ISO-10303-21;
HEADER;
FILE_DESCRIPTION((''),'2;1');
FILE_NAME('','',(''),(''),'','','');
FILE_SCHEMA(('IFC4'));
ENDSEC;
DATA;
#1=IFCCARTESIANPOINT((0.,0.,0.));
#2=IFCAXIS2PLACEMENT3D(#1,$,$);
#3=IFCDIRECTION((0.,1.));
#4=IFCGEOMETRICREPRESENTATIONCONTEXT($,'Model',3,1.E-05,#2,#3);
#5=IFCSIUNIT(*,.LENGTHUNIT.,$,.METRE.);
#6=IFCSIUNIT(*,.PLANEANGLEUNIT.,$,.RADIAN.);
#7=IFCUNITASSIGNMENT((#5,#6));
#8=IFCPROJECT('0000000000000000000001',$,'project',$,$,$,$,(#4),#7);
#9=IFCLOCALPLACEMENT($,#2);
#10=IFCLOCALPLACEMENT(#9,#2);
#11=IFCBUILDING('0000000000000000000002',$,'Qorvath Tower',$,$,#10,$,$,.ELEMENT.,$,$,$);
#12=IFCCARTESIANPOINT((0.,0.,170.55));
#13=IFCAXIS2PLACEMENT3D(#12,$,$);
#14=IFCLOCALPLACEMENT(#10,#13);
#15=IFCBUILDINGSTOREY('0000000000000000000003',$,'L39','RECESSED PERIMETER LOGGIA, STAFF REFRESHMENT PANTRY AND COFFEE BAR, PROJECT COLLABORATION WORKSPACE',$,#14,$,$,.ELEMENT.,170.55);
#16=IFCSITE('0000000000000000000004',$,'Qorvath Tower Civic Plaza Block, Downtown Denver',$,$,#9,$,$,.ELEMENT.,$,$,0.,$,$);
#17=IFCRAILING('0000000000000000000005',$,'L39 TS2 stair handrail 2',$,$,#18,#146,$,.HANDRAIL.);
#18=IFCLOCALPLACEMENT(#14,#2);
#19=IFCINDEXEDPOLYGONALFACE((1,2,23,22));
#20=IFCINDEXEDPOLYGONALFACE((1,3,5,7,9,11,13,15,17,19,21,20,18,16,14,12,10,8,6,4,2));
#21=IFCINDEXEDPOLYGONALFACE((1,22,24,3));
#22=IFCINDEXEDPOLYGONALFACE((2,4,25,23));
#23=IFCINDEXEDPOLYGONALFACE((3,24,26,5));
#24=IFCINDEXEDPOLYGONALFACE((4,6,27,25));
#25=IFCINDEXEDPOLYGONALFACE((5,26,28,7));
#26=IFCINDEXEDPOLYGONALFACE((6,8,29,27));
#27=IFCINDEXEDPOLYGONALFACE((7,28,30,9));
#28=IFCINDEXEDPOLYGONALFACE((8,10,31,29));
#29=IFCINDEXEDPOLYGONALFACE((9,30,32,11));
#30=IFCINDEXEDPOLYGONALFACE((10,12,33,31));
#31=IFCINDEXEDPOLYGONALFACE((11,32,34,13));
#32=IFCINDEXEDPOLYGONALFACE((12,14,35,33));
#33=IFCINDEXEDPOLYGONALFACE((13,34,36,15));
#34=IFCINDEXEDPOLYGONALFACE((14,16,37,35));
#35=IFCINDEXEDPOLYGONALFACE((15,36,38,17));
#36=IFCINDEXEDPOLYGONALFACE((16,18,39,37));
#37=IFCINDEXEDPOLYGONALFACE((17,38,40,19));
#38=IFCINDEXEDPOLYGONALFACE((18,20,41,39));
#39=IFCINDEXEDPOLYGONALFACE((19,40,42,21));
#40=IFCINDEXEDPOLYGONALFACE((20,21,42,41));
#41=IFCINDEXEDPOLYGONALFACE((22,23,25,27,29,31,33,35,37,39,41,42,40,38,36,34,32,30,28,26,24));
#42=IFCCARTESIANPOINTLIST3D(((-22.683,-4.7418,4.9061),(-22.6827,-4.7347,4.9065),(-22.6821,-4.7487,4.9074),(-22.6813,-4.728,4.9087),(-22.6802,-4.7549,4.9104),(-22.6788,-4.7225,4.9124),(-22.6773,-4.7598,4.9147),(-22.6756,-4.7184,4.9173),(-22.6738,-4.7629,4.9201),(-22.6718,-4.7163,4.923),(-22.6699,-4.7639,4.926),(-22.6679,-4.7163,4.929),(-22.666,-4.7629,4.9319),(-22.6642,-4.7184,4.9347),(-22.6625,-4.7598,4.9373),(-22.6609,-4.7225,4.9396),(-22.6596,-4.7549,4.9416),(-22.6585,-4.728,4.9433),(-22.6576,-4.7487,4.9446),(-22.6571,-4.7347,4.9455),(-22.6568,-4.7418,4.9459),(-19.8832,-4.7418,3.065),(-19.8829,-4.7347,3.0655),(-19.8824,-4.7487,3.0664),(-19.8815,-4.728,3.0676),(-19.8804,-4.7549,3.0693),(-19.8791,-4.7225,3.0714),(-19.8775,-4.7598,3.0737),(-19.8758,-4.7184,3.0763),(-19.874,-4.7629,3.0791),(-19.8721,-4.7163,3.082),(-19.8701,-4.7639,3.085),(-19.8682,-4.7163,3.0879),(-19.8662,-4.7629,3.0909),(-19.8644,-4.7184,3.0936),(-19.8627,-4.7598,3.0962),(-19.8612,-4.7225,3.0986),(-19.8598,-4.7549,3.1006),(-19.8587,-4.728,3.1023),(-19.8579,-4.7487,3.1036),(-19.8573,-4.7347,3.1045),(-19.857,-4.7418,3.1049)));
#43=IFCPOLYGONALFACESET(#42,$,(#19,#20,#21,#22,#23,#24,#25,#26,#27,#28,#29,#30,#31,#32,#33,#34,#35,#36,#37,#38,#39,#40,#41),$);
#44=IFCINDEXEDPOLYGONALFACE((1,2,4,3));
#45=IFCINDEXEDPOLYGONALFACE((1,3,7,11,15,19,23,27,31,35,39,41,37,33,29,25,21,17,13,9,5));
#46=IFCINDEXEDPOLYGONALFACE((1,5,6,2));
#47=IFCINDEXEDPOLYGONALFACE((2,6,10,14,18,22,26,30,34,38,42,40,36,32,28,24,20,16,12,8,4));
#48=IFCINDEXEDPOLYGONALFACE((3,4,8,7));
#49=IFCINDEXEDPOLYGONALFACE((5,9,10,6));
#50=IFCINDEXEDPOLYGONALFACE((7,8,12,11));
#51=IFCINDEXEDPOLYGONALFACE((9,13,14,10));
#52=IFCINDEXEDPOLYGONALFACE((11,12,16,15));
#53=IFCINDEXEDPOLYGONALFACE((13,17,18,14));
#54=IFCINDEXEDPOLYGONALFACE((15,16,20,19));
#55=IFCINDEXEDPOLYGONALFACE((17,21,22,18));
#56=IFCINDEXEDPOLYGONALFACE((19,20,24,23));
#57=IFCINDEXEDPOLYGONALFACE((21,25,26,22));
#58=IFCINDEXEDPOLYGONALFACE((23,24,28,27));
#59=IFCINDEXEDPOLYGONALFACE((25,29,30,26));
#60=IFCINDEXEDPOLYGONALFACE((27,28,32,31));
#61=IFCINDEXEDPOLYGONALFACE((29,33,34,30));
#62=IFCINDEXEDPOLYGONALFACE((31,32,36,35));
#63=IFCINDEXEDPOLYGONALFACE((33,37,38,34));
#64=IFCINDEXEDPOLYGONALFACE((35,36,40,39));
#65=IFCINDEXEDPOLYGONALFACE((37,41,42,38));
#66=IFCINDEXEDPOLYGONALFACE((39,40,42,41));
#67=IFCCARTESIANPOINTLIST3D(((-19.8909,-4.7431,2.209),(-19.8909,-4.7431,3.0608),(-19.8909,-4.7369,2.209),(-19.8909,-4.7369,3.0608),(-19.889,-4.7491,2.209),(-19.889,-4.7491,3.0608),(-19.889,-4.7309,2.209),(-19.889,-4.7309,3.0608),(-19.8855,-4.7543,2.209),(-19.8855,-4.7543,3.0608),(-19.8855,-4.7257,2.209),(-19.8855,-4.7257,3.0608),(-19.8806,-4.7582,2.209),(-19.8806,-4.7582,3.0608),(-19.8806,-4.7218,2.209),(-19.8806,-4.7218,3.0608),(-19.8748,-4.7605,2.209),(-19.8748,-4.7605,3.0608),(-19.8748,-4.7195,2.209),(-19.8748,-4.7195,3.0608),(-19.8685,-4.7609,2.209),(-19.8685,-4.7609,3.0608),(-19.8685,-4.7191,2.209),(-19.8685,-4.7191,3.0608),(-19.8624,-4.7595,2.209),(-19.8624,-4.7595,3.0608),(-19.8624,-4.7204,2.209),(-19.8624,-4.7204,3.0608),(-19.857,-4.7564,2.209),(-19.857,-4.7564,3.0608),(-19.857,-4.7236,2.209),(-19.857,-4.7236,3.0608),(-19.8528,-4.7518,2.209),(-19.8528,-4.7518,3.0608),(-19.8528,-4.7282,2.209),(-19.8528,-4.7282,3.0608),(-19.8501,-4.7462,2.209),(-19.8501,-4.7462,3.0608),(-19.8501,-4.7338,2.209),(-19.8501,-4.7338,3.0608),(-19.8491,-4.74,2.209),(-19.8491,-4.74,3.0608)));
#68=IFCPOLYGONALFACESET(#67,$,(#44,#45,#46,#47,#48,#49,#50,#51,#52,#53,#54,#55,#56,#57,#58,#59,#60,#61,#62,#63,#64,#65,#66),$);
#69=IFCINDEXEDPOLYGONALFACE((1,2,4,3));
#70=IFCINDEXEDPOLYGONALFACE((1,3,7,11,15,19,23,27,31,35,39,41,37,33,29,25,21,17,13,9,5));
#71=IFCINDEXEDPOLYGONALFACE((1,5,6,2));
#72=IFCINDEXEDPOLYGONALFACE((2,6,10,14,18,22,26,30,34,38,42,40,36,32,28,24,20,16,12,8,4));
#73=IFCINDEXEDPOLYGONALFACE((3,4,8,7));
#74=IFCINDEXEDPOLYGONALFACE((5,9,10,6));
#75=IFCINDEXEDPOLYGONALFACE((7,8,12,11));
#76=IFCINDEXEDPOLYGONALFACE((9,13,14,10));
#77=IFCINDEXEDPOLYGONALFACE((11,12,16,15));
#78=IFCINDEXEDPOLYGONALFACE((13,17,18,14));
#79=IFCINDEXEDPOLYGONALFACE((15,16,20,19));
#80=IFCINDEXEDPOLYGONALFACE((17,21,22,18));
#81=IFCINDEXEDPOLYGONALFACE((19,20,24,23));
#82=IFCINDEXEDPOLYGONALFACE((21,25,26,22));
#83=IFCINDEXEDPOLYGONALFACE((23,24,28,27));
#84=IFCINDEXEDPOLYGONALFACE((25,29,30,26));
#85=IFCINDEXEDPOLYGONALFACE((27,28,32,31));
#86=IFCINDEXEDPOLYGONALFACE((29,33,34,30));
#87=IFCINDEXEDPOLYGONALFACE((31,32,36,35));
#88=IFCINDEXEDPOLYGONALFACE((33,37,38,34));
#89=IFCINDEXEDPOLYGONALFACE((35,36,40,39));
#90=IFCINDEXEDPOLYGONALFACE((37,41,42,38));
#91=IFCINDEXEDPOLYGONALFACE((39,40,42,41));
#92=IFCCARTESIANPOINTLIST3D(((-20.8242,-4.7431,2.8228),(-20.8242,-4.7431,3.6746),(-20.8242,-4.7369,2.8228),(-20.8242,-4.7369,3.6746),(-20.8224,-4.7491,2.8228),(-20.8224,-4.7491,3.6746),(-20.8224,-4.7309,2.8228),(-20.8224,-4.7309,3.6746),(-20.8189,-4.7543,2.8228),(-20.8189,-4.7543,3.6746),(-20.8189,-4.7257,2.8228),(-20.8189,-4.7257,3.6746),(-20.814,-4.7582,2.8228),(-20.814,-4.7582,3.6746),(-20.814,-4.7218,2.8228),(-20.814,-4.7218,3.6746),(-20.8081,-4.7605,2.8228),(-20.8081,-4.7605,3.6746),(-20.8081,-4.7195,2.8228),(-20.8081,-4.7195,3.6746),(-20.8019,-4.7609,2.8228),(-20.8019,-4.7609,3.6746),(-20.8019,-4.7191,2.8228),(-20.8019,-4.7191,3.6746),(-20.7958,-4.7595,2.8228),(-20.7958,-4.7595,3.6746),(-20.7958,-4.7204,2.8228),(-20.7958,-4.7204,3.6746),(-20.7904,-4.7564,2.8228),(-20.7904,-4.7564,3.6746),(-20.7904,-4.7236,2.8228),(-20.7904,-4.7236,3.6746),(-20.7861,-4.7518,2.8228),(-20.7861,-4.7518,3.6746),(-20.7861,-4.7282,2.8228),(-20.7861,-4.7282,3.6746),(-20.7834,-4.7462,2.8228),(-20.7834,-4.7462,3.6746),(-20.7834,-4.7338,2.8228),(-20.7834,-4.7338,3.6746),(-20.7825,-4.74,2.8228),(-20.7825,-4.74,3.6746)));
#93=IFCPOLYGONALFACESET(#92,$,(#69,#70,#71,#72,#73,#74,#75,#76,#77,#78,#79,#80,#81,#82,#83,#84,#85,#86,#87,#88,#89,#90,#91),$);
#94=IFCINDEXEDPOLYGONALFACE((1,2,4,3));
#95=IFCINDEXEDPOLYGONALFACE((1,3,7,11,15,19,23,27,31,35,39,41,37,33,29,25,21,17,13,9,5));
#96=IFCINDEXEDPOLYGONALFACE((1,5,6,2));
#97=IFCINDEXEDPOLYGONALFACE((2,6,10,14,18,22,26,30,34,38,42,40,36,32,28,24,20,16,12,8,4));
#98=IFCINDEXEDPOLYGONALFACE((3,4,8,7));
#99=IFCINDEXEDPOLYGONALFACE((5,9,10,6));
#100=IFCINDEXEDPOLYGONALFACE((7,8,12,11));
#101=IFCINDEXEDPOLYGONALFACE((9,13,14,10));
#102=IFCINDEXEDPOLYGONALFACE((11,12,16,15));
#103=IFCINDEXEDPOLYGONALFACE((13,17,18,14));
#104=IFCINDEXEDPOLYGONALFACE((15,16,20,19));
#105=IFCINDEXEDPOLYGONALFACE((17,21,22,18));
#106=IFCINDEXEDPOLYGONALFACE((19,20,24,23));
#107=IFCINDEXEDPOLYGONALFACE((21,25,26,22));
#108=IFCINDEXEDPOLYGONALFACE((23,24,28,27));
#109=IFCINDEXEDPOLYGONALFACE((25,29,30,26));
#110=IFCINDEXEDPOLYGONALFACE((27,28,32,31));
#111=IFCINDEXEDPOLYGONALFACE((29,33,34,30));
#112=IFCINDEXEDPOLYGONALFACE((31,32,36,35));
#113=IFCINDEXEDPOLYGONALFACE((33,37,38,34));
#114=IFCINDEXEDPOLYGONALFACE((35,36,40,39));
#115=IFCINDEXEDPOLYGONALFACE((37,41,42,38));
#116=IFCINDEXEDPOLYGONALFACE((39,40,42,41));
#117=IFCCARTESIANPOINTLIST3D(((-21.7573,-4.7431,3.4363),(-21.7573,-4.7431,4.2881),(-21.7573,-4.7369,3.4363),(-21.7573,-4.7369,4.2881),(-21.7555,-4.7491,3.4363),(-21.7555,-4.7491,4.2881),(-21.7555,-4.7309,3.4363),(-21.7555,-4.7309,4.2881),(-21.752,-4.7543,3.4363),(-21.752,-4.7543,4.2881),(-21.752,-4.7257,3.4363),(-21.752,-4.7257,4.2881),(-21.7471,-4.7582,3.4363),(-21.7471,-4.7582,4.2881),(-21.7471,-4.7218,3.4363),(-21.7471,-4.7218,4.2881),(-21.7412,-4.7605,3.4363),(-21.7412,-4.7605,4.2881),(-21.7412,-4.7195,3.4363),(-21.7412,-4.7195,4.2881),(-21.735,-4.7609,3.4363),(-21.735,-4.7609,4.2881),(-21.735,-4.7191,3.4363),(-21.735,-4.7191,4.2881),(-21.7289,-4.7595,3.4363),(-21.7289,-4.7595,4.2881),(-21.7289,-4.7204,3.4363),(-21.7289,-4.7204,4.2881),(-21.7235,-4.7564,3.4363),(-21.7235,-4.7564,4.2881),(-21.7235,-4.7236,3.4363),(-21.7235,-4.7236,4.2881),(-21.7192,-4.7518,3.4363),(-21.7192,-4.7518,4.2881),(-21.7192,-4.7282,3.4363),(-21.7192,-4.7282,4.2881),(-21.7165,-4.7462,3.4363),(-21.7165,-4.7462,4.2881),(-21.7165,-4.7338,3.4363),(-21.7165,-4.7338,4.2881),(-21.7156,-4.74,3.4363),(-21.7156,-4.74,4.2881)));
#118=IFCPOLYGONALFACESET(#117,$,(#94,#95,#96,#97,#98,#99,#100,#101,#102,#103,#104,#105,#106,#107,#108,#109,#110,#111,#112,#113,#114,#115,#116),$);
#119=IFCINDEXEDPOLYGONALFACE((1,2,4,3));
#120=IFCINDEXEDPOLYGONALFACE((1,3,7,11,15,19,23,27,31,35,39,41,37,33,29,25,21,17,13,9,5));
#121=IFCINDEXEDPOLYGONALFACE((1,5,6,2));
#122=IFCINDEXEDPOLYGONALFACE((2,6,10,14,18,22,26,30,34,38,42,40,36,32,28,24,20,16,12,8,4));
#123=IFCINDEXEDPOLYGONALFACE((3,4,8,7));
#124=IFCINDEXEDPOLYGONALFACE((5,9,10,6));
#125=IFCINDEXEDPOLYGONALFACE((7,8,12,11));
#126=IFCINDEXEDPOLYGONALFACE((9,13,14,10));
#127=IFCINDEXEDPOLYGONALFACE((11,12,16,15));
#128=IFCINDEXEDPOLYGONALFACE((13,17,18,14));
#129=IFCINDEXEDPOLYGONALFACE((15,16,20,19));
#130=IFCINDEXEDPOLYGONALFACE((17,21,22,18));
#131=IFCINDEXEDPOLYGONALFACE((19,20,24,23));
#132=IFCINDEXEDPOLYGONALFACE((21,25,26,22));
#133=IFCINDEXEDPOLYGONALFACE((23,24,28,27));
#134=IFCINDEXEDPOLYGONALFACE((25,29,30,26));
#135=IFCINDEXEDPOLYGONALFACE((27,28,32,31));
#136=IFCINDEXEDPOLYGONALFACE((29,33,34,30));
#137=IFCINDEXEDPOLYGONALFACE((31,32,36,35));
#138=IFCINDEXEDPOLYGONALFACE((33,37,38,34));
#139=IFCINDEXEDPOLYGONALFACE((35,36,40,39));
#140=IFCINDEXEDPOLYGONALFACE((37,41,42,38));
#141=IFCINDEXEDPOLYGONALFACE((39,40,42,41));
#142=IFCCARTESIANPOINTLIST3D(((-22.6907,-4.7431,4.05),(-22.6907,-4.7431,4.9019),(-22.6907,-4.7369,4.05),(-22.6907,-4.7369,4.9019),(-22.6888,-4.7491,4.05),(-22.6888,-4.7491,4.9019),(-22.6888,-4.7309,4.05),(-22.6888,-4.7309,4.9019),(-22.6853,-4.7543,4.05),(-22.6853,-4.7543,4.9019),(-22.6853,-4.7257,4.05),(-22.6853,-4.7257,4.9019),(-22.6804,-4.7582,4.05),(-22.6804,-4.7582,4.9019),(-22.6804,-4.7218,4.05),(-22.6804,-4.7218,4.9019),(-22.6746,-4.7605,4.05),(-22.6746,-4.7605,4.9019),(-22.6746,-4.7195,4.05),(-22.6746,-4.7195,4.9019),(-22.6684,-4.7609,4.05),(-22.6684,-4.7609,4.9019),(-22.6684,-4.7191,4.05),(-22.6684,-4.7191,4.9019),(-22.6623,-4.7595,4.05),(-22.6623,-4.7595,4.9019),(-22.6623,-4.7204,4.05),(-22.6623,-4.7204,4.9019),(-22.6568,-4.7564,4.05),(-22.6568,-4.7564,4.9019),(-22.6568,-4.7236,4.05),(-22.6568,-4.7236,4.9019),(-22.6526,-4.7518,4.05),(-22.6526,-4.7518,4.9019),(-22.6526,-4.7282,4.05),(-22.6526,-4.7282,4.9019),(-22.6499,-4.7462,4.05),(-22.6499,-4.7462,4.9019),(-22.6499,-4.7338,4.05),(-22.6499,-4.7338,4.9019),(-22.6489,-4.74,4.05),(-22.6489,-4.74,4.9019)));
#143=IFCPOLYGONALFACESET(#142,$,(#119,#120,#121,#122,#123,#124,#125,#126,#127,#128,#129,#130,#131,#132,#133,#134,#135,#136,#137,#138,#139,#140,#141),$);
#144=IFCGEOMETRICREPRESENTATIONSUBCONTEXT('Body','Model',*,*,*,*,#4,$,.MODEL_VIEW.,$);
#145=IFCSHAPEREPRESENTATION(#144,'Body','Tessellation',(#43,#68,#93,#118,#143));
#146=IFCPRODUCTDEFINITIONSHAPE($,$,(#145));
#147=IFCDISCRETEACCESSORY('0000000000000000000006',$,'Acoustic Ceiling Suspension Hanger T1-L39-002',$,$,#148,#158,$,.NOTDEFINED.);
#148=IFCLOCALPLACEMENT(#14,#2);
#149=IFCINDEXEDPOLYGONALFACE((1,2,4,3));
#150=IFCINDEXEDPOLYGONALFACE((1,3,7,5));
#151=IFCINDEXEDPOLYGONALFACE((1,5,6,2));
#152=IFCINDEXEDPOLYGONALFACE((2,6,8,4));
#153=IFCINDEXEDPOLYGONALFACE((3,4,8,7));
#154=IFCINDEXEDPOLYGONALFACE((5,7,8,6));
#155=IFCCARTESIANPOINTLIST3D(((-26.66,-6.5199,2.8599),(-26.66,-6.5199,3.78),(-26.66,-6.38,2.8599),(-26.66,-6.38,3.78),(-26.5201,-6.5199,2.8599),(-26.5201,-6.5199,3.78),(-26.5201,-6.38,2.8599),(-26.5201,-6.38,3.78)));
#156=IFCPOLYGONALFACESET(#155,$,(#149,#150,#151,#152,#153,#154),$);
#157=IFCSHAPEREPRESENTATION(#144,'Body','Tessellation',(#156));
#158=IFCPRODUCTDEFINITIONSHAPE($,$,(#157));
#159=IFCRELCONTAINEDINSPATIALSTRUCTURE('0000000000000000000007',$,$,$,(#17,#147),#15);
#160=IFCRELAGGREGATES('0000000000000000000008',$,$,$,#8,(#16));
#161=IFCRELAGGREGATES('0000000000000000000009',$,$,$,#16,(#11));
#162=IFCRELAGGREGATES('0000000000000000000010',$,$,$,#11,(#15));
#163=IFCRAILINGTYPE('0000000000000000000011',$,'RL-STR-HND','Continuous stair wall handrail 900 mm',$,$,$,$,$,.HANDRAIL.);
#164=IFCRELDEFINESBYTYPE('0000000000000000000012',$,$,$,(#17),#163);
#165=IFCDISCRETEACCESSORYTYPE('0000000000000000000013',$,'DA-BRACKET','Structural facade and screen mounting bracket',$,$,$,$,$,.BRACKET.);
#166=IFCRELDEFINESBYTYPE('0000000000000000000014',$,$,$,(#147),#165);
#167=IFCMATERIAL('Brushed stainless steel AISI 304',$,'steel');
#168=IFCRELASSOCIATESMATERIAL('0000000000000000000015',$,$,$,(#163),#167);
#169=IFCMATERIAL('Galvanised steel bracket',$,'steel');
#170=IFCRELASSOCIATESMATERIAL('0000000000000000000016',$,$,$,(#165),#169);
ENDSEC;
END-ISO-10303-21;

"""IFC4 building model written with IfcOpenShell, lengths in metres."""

from ifc_helpers import new_model, si_unit, direction, frame, origin, origin_2d, place, context, subcontext, project, spatial, rectangle, circle, extrude, material, type_object, element, save


model = new_model("IFC4")

# Units and contexts
model_context = context("Model", 3, precision=1e-05, world=origin(), true_north=direction((0.0, 1.0)))
body_context = subcontext(model_context, "Body", "Model", "MODEL_VIEW")
ifc_project = project(units=[si_unit("LENGTHUNIT", "METRE"), si_unit("PLANEANGLEUNIT", "RADIAN")], contexts=[model_context])

# Site, building, storey
site_placement = place(None, origin())
site = spatial("IfcSite", under=ifc_project, at=site_placement, Name="Qorvath Tower Civic Plaza Block, Downtown Denver", CompositionType="ELEMENT", RefElevation=0.0)
building_placement = place(site_placement, origin())
building = spatial("IfcBuilding", under=site, at=building_placement, Name="Qorvath Tower", CompositionType="ELEMENT")
storey_placement = place(building_placement, frame((0.0, 0.0, 170.55)))
storey = spatial("IfcBuildingStorey", under=building, at=storey_placement, Name="L39", Description="RECESSED PERIMETER LOGGIA, STAFF REFRESHMENT PANTRY AND COFFEE BAR, PROJECT COLLABORATION WORKSPACE", CompositionType="ELEMENT", Elevation=170.55)

# Railing
ifc_material_1 = material(Name="Brushed stainless steel AISI 304", Category="steel")
railing_type_1 = type_object("IfcRailingType", Name="RL-STR-HND", Description="Continuous stair wall handrail 900 mm", PredefinedType="HANDRAIL", material=ifc_material_1)
railing_1_placement = place(storey_placement, frame((-19.8701, -4.74, 2.209)))
element("IfcRailing", 1, at=railing_1_placement, inside=storey, type_object=railing_type_1, Name="L39 TS2 stair handrail 2", PredefinedType="HANDRAIL", context=body_context, shape_type="SweptSolid", body=[
    extrude(circle(Radius=0.0239, at=origin_2d()), frame((0.0, 0.0, 0.876), z_axis=(-0.835542, 0.0, 0.549426), x_axis=(0.0, -1.0, 0.0)), (0.0, 0.0, 1.0), 3.3508),
    extrude(circle(Radius=0.021, at=origin_2d()), origin(), (0.0, 0.0, 1.0), 0.8518),
    extrude(circle(Radius=0.021, at=origin_2d()), frame((-0.9333, 0.0, 0.6138)), (0.0, 0.0, 1.0), 0.8518),
    extrude(circle(Radius=0.021, at=origin_2d()), frame((-1.8665, 0.0, 1.2273)), (0.0, 0.0, 1.0), 0.8518),
    extrude(circle(Radius=0.021, at=origin_2d()), frame((-2.7998, 0.0, 1.8411)), (0.0, 0.0, 1.0), 0.8518),
])

# Discrete accessory
ifc_material_2 = material(Name="Galvanised steel bracket", Category="steel")
discrete_accessory_type = type_object("IfcDiscreteAccessoryType", Name="DA-BRACKET", Description="Structural facade and screen mounting bracket", PredefinedType="BRACKET", material=ifc_material_2)
discrete_accessory_placement = place(storey_placement, frame((-26.5901, -6.45, 2.8599), z_axis=(0.0, 0.0, 1.0), x_axis=(1.0, 0.0, 0.0)))
element("IfcDiscreteAccessory", 2, at=discrete_accessory_placement, inside=storey, type_object=discrete_accessory_type, Name="Acoustic Ceiling Suspension Hanger T1-L39-002", PredefinedType="NOTDEFINED", context=body_context, shape_type="SweptSolid", body=[
    extrude(rectangle(XDim=0.1399, YDim=0.1399, at=origin_2d()), origin(), (0.0, 0.0, 1.0), 0.9202),
])

save(model, "model.ifc")
